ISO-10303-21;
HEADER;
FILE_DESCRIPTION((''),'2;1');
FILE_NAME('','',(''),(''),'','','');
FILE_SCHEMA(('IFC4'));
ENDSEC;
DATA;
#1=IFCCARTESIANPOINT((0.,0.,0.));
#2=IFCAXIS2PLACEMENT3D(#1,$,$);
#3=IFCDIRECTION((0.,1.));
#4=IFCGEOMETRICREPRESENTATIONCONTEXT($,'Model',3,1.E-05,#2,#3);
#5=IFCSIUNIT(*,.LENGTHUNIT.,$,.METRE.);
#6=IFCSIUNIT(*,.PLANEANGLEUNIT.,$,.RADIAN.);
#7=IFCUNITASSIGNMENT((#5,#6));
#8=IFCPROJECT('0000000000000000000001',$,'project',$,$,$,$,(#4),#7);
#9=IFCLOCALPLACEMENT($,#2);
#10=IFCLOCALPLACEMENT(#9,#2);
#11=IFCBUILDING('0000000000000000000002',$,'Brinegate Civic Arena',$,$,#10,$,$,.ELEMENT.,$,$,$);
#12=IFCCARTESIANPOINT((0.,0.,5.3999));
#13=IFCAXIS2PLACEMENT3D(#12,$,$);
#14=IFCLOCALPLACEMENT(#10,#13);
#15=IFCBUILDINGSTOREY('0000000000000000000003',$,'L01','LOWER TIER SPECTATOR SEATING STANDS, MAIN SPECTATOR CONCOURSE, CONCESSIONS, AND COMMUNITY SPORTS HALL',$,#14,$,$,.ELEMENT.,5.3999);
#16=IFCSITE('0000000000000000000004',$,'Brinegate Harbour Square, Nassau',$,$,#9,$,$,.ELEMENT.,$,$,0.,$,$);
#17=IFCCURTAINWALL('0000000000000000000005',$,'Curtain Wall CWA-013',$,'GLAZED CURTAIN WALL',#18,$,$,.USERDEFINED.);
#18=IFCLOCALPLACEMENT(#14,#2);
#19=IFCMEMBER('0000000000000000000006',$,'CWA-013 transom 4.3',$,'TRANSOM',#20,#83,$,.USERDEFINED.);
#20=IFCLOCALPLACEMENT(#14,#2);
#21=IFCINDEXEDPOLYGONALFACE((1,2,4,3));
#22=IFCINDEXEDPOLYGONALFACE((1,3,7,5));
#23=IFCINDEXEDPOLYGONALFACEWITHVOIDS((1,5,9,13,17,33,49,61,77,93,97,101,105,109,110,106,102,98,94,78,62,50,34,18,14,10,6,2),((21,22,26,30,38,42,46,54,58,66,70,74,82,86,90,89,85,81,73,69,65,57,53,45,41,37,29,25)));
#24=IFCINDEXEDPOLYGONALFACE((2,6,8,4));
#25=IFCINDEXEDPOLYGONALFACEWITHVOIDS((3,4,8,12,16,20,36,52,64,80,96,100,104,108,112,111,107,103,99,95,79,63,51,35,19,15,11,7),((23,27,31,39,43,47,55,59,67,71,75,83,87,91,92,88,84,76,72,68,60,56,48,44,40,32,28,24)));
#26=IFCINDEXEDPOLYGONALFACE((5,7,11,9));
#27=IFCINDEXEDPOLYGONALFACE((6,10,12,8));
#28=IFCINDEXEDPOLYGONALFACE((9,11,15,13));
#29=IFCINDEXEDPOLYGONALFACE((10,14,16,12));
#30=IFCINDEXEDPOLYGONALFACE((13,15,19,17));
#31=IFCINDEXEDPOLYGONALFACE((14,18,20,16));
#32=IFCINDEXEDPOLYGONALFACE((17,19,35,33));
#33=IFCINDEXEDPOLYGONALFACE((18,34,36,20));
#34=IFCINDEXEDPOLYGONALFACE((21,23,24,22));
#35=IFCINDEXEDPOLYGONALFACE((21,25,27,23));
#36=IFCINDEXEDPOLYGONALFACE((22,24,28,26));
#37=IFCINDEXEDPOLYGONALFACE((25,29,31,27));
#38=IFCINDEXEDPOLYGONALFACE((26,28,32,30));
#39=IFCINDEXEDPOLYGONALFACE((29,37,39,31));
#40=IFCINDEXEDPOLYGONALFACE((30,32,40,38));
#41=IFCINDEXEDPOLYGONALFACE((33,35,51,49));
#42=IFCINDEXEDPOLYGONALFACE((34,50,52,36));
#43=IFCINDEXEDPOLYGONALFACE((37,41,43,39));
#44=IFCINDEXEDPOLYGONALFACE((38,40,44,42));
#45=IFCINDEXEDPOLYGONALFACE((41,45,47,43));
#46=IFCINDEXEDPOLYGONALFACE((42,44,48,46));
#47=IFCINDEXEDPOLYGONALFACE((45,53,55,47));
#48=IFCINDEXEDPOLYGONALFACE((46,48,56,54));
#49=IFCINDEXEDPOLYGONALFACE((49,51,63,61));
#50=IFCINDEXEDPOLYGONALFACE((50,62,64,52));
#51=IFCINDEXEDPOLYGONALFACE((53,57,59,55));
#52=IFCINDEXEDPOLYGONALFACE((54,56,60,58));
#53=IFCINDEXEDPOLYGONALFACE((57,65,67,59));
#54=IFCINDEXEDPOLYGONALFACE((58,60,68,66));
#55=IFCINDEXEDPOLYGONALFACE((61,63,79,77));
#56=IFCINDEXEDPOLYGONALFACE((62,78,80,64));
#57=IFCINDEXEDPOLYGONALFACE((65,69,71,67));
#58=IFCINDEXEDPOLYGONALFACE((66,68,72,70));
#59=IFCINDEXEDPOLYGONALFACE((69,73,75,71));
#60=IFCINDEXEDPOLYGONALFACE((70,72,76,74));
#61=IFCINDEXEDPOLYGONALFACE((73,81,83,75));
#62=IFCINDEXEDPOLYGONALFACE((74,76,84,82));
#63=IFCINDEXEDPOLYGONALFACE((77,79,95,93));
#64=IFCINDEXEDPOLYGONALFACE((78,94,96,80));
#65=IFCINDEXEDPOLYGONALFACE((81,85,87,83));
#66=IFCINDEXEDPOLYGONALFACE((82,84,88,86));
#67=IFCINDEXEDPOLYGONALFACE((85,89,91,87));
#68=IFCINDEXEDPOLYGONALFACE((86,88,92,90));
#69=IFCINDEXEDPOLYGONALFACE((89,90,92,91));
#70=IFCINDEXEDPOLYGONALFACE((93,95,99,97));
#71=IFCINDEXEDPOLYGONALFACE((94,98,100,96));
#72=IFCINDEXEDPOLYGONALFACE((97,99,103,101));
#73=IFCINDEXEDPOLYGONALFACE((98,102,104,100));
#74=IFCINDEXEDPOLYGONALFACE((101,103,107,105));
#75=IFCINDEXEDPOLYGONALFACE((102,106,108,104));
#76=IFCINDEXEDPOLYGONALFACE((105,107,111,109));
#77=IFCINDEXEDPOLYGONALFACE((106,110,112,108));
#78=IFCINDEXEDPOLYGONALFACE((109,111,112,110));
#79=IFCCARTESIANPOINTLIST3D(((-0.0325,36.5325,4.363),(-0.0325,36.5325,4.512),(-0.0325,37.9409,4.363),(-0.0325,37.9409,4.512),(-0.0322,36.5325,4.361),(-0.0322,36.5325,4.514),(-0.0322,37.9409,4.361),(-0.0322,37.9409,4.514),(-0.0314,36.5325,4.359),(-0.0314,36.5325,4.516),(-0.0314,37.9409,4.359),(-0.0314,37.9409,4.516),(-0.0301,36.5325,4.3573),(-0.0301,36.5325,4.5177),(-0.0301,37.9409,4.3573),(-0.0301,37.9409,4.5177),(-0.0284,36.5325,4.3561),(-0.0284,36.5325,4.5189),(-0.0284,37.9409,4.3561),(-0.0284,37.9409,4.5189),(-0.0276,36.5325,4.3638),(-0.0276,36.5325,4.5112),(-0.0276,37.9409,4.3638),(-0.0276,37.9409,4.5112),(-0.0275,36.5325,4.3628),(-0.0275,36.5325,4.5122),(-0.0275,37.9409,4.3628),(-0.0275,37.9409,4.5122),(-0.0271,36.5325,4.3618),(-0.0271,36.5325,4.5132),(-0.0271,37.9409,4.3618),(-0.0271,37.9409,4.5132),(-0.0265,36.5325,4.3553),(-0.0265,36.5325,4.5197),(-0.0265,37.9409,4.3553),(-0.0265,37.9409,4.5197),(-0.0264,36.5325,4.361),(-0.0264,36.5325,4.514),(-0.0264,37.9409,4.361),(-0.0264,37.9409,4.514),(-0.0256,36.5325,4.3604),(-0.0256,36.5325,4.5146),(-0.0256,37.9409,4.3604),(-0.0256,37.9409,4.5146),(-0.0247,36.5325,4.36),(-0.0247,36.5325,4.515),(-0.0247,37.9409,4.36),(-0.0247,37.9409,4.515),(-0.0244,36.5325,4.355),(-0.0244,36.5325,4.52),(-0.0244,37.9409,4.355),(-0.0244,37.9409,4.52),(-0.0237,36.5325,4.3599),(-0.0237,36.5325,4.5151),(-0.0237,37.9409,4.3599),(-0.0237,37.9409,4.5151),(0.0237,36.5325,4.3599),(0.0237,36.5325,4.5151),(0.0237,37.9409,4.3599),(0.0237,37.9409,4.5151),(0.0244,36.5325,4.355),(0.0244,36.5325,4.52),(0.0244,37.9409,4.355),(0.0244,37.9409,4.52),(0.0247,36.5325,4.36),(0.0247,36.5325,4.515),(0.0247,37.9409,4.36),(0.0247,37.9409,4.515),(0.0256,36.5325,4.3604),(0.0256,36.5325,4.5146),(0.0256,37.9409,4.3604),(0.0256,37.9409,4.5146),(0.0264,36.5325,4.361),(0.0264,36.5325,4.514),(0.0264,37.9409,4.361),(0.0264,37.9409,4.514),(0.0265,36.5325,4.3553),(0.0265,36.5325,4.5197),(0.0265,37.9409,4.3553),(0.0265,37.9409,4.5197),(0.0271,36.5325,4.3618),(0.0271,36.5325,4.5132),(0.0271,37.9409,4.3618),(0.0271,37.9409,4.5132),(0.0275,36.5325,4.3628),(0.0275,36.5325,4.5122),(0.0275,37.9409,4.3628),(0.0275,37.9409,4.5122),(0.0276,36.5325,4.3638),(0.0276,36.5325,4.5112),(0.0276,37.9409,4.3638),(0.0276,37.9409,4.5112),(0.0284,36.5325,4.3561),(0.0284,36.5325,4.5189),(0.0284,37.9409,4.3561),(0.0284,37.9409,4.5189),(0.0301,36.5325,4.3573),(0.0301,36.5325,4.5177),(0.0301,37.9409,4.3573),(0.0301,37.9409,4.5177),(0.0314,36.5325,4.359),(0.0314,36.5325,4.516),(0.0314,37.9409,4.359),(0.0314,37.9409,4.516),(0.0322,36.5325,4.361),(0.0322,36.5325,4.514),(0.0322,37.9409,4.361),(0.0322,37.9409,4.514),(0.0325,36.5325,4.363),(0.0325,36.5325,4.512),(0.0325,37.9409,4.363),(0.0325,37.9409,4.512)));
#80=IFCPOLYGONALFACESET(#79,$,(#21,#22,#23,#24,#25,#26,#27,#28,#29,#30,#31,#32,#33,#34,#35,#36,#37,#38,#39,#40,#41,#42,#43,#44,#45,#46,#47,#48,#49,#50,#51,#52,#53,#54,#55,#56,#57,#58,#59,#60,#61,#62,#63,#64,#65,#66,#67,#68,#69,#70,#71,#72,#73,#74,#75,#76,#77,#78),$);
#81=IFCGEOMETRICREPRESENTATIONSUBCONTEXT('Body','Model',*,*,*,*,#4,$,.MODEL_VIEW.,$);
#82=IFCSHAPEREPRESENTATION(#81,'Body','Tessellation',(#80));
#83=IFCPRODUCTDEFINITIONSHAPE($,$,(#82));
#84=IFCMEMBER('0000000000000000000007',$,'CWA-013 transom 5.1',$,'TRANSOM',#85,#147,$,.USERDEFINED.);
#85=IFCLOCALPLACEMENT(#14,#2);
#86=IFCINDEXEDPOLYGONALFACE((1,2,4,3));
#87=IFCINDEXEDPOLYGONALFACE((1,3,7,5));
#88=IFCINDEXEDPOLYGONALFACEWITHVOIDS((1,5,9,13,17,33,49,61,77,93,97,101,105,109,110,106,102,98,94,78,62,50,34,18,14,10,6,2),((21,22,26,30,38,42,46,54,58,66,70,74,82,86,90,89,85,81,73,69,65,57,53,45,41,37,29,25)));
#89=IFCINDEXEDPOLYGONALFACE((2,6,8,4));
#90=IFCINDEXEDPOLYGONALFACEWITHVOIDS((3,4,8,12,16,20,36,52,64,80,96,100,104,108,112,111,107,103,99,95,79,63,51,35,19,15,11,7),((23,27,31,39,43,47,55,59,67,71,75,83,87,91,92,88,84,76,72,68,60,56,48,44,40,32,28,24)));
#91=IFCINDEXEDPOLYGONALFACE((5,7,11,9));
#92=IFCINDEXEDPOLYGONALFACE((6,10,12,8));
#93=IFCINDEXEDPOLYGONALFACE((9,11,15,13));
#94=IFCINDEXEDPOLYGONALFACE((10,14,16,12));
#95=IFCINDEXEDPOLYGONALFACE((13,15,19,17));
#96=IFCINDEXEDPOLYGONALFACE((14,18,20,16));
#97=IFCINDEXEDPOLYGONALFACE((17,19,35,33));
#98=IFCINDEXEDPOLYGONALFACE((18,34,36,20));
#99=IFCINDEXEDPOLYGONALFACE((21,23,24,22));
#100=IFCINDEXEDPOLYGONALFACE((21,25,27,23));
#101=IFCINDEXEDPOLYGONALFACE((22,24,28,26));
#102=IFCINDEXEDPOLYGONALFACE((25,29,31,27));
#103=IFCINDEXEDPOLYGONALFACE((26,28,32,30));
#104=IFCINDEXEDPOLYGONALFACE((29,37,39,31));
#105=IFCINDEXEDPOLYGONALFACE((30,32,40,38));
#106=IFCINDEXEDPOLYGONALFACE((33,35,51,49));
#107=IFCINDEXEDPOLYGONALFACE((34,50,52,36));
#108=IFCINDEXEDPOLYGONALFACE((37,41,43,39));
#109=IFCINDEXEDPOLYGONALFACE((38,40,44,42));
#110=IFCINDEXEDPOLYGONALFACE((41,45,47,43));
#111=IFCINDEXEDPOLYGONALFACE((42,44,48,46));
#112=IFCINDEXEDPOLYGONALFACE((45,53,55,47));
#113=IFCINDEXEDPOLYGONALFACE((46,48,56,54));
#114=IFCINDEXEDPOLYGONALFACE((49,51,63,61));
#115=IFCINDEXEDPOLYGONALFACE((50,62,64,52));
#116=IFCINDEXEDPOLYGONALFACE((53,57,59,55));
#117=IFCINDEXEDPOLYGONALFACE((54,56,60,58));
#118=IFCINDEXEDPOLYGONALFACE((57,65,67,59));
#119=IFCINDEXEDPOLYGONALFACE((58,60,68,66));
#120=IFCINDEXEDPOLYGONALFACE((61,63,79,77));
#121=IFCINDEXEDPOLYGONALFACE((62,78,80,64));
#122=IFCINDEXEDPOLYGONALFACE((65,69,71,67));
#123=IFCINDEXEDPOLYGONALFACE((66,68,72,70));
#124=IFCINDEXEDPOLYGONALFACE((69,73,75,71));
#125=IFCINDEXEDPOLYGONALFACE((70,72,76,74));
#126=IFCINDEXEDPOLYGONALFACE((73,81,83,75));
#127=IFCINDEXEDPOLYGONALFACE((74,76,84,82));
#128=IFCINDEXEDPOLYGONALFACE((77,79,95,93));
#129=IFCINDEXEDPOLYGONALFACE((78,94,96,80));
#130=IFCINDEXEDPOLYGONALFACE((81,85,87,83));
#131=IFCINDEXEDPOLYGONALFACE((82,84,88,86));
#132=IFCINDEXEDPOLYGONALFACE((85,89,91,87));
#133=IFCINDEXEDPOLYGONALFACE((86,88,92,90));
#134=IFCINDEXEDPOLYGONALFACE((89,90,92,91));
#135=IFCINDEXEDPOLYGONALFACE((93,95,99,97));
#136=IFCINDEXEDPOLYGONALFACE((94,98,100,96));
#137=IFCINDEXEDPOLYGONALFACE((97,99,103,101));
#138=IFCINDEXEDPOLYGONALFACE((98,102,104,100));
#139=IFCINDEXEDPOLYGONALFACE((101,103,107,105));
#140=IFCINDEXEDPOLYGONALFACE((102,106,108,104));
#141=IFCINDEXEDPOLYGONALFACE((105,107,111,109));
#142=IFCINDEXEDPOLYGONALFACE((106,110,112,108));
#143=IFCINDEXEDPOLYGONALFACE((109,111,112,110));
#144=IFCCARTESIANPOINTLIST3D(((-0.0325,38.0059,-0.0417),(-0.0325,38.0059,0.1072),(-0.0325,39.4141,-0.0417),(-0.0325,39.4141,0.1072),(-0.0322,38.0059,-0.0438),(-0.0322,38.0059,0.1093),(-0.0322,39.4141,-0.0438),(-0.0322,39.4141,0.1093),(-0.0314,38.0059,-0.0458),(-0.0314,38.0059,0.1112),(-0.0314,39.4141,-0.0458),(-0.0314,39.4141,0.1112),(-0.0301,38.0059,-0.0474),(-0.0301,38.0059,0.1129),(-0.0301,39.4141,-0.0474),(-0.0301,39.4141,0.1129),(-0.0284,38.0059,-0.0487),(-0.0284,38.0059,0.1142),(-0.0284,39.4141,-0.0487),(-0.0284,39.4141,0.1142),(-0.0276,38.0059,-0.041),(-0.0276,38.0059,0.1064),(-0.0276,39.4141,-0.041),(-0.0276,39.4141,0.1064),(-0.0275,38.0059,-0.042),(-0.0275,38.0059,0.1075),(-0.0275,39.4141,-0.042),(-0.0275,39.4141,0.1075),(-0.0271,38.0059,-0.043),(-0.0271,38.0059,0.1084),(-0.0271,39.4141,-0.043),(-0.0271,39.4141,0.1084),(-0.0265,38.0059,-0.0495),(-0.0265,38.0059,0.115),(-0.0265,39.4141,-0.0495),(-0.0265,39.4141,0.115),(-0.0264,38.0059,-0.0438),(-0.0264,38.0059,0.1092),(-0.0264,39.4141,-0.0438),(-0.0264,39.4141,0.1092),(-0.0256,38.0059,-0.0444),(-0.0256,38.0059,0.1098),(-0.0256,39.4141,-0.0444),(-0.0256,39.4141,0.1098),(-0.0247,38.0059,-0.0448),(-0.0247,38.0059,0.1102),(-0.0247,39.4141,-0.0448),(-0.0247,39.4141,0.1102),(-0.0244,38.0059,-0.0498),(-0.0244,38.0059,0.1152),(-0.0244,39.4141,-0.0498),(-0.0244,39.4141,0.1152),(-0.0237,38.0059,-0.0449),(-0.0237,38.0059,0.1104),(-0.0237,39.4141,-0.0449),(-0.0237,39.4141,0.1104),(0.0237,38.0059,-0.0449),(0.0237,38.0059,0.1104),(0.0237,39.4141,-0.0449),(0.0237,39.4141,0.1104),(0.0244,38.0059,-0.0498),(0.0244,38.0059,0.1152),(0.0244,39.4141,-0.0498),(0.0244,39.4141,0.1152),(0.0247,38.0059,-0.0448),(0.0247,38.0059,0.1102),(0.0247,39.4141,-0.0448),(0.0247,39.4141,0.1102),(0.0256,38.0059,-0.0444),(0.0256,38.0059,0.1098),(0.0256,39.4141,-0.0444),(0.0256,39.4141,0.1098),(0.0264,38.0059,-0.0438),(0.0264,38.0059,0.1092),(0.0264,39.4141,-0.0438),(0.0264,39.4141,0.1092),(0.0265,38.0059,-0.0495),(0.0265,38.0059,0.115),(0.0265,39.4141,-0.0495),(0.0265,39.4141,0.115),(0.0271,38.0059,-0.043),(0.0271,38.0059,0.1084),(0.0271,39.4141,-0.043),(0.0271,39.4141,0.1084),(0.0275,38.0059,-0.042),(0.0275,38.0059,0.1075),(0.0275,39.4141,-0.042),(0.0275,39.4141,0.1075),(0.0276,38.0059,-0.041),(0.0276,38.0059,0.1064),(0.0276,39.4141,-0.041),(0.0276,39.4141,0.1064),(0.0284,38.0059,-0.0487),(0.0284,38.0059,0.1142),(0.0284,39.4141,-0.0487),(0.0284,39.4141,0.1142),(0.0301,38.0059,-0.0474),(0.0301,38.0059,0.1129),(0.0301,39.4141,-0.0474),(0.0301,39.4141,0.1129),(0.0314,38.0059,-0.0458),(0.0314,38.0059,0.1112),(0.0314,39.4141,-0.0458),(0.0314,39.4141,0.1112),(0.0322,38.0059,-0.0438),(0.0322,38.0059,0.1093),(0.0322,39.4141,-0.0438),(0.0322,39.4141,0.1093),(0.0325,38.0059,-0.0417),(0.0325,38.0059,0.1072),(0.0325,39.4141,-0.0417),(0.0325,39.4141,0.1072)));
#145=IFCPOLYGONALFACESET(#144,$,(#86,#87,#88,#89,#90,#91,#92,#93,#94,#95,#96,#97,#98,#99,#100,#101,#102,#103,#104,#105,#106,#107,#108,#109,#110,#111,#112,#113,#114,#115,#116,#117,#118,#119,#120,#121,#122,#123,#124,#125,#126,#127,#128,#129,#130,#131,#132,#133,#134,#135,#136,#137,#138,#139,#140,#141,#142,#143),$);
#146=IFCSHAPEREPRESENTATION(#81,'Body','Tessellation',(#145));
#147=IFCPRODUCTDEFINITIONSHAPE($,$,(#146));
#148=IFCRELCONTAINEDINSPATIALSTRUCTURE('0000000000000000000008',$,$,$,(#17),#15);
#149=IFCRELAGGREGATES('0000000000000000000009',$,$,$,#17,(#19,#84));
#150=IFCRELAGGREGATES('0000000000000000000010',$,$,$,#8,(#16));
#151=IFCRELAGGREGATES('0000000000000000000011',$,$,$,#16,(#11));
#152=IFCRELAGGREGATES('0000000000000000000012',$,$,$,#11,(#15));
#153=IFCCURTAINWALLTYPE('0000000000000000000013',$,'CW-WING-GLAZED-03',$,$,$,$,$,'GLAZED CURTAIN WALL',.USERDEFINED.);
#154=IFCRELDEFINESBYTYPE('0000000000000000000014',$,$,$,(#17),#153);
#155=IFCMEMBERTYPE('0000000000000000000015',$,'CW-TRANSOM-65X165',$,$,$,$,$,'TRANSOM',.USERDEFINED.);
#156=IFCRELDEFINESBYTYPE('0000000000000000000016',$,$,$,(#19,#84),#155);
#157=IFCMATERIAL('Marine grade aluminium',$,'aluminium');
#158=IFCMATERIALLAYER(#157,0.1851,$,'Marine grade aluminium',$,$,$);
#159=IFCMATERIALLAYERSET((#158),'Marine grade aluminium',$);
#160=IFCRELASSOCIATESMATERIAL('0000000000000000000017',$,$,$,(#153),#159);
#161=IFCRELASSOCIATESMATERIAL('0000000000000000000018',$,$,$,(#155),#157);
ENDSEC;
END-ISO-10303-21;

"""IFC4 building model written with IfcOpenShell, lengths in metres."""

from ifc_helpers import new_model, si_unit, direction, frame, origin, origin_2d, place, context, subcontext, project, spatial, hollow_rectangle, extrude, material, layer, layer_set, material_profile, profile_set, type_object, element, aggregate, save


model = new_model("IFC4")

# Units and contexts
model_context = context("Model", 3, precision=1e-05, world=origin(), true_north=direction((0.0, 1.0)))
body_context = subcontext(model_context, "Body", "Model", "MODEL_VIEW")
ifc_project = project(units=[si_unit("LENGTHUNIT", "METRE"), si_unit("PLANEANGLEUNIT", "RADIAN")], contexts=[model_context])

# Site, building, storey
site_placement = place(None, origin())
site = spatial("IfcSite", under=ifc_project, at=site_placement, Name="Brinegate Harbour Square, Nassau", CompositionType="ELEMENT", RefElevation=0.0)
building_placement = place(site_placement, origin())
building = spatial("IfcBuilding", under=site, at=building_placement, Name="Brinegate Civic Arena", CompositionType="ELEMENT")
storey_placement = place(building_placement, frame((0.0, 0.0, 5.3999)))
storey = spatial("IfcBuildingStorey", under=building, at=storey_placement, Name="L01", Description="LOWER TIER SPECTATOR SEATING STANDS, MAIN SPECTATOR CONCOURSE, CONCESSIONS, AND COMMUNITY SPORTS HALL", CompositionType="ELEMENT", Elevation=5.3999)

# Curtain wall, members
ifc_material_1 = material(Name="Marine grade aluminium", Category="aluminium")
ifc_layer_1 = layer(ifc_material_1, 0.1851, Name="Marine grade aluminium")
ifc_layer_set_1 = layer_set([ifc_layer_1], Name="Marine grade aluminium")
curtain_wall_type = type_object("IfcCurtainWallType", Name="CW-WING-GLAZED-03", ElementType="GLAZED CURTAIN WALL", PredefinedType="USERDEFINED", material=ifc_layer_set_1)
curtain_wall_placement = place(storey_placement, origin())
curtain_wall = element("IfcCurtainWall", 1, at=curtain_wall_placement, inside=storey, type_object=curtain_wall_type, Name="Curtain Wall CWA-013", ObjectType="GLAZED CURTAIN WALL", PredefinedType="USERDEFINED")
ifc_material_profile_1 = material_profile(ifc_material_1, hollow_rectangle(XDim=0.0649, YDim=0.165, WallThickness=0.0049, InnerFilletRadius=0.0039, OuterFilletRadius=0.0081, at=origin_2d()), Name="TRN65X165")
ifc_profile_set_1 = profile_set([ifc_material_profile_1], Name="Marine grade aluminium")
member_type_1 = type_object("IfcMemberType", Name="CW-TRANSOM-65X165", ElementType="TRANSOM", PredefinedType="USERDEFINED", material=ifc_profile_set_1)
member_1_placement = place(storey_placement, frame((0.0, 36.5325, 4.4375), z_axis=(0.0, 1.0, 0.0), x_axis=(-1.0, 0.0, 0.0)))
member_1 = element("IfcMember", 2, at=member_1_placement, type_object=member_type_1, Name="CWA-013 transom 4.3", ObjectType="TRANSOM", PredefinedType="USERDEFINED", context=body_context, shape_type="SweptSolid", body=[
    extrude(hollow_rectangle(XDim=0.0649, YDim=0.165, WallThickness=0.0049, InnerFilletRadius=0.0039, OuterFilletRadius=0.0081, at=origin_2d()), origin(), (0.0, 0.0, 1.0), 1.4084),
])
member_2_placement = place(storey_placement, frame((0.0, 38.0059, 0.0327), z_axis=(0.0, 1.0, 0.0), x_axis=(-1.0, 0.0, 0.0)))
member_2 = element("IfcMember", 3, at=member_2_placement, type_object=member_type_1, Name="CWA-013 transom 5.1", ObjectType="TRANSOM", PredefinedType="USERDEFINED", context=body_context, shape_type="SweptSolid", body=[
    extrude(hollow_rectangle(XDim=0.0649, YDim=0.165, WallThickness=0.0049, InnerFilletRadius=0.0039, OuterFilletRadius=0.0081, at=origin_2d()), origin(), (0.0, 0.0, 1.0), 1.4082),
])
aggregate(curtain_wall, [member_1, member_2])

save(model, "model.ifc")
